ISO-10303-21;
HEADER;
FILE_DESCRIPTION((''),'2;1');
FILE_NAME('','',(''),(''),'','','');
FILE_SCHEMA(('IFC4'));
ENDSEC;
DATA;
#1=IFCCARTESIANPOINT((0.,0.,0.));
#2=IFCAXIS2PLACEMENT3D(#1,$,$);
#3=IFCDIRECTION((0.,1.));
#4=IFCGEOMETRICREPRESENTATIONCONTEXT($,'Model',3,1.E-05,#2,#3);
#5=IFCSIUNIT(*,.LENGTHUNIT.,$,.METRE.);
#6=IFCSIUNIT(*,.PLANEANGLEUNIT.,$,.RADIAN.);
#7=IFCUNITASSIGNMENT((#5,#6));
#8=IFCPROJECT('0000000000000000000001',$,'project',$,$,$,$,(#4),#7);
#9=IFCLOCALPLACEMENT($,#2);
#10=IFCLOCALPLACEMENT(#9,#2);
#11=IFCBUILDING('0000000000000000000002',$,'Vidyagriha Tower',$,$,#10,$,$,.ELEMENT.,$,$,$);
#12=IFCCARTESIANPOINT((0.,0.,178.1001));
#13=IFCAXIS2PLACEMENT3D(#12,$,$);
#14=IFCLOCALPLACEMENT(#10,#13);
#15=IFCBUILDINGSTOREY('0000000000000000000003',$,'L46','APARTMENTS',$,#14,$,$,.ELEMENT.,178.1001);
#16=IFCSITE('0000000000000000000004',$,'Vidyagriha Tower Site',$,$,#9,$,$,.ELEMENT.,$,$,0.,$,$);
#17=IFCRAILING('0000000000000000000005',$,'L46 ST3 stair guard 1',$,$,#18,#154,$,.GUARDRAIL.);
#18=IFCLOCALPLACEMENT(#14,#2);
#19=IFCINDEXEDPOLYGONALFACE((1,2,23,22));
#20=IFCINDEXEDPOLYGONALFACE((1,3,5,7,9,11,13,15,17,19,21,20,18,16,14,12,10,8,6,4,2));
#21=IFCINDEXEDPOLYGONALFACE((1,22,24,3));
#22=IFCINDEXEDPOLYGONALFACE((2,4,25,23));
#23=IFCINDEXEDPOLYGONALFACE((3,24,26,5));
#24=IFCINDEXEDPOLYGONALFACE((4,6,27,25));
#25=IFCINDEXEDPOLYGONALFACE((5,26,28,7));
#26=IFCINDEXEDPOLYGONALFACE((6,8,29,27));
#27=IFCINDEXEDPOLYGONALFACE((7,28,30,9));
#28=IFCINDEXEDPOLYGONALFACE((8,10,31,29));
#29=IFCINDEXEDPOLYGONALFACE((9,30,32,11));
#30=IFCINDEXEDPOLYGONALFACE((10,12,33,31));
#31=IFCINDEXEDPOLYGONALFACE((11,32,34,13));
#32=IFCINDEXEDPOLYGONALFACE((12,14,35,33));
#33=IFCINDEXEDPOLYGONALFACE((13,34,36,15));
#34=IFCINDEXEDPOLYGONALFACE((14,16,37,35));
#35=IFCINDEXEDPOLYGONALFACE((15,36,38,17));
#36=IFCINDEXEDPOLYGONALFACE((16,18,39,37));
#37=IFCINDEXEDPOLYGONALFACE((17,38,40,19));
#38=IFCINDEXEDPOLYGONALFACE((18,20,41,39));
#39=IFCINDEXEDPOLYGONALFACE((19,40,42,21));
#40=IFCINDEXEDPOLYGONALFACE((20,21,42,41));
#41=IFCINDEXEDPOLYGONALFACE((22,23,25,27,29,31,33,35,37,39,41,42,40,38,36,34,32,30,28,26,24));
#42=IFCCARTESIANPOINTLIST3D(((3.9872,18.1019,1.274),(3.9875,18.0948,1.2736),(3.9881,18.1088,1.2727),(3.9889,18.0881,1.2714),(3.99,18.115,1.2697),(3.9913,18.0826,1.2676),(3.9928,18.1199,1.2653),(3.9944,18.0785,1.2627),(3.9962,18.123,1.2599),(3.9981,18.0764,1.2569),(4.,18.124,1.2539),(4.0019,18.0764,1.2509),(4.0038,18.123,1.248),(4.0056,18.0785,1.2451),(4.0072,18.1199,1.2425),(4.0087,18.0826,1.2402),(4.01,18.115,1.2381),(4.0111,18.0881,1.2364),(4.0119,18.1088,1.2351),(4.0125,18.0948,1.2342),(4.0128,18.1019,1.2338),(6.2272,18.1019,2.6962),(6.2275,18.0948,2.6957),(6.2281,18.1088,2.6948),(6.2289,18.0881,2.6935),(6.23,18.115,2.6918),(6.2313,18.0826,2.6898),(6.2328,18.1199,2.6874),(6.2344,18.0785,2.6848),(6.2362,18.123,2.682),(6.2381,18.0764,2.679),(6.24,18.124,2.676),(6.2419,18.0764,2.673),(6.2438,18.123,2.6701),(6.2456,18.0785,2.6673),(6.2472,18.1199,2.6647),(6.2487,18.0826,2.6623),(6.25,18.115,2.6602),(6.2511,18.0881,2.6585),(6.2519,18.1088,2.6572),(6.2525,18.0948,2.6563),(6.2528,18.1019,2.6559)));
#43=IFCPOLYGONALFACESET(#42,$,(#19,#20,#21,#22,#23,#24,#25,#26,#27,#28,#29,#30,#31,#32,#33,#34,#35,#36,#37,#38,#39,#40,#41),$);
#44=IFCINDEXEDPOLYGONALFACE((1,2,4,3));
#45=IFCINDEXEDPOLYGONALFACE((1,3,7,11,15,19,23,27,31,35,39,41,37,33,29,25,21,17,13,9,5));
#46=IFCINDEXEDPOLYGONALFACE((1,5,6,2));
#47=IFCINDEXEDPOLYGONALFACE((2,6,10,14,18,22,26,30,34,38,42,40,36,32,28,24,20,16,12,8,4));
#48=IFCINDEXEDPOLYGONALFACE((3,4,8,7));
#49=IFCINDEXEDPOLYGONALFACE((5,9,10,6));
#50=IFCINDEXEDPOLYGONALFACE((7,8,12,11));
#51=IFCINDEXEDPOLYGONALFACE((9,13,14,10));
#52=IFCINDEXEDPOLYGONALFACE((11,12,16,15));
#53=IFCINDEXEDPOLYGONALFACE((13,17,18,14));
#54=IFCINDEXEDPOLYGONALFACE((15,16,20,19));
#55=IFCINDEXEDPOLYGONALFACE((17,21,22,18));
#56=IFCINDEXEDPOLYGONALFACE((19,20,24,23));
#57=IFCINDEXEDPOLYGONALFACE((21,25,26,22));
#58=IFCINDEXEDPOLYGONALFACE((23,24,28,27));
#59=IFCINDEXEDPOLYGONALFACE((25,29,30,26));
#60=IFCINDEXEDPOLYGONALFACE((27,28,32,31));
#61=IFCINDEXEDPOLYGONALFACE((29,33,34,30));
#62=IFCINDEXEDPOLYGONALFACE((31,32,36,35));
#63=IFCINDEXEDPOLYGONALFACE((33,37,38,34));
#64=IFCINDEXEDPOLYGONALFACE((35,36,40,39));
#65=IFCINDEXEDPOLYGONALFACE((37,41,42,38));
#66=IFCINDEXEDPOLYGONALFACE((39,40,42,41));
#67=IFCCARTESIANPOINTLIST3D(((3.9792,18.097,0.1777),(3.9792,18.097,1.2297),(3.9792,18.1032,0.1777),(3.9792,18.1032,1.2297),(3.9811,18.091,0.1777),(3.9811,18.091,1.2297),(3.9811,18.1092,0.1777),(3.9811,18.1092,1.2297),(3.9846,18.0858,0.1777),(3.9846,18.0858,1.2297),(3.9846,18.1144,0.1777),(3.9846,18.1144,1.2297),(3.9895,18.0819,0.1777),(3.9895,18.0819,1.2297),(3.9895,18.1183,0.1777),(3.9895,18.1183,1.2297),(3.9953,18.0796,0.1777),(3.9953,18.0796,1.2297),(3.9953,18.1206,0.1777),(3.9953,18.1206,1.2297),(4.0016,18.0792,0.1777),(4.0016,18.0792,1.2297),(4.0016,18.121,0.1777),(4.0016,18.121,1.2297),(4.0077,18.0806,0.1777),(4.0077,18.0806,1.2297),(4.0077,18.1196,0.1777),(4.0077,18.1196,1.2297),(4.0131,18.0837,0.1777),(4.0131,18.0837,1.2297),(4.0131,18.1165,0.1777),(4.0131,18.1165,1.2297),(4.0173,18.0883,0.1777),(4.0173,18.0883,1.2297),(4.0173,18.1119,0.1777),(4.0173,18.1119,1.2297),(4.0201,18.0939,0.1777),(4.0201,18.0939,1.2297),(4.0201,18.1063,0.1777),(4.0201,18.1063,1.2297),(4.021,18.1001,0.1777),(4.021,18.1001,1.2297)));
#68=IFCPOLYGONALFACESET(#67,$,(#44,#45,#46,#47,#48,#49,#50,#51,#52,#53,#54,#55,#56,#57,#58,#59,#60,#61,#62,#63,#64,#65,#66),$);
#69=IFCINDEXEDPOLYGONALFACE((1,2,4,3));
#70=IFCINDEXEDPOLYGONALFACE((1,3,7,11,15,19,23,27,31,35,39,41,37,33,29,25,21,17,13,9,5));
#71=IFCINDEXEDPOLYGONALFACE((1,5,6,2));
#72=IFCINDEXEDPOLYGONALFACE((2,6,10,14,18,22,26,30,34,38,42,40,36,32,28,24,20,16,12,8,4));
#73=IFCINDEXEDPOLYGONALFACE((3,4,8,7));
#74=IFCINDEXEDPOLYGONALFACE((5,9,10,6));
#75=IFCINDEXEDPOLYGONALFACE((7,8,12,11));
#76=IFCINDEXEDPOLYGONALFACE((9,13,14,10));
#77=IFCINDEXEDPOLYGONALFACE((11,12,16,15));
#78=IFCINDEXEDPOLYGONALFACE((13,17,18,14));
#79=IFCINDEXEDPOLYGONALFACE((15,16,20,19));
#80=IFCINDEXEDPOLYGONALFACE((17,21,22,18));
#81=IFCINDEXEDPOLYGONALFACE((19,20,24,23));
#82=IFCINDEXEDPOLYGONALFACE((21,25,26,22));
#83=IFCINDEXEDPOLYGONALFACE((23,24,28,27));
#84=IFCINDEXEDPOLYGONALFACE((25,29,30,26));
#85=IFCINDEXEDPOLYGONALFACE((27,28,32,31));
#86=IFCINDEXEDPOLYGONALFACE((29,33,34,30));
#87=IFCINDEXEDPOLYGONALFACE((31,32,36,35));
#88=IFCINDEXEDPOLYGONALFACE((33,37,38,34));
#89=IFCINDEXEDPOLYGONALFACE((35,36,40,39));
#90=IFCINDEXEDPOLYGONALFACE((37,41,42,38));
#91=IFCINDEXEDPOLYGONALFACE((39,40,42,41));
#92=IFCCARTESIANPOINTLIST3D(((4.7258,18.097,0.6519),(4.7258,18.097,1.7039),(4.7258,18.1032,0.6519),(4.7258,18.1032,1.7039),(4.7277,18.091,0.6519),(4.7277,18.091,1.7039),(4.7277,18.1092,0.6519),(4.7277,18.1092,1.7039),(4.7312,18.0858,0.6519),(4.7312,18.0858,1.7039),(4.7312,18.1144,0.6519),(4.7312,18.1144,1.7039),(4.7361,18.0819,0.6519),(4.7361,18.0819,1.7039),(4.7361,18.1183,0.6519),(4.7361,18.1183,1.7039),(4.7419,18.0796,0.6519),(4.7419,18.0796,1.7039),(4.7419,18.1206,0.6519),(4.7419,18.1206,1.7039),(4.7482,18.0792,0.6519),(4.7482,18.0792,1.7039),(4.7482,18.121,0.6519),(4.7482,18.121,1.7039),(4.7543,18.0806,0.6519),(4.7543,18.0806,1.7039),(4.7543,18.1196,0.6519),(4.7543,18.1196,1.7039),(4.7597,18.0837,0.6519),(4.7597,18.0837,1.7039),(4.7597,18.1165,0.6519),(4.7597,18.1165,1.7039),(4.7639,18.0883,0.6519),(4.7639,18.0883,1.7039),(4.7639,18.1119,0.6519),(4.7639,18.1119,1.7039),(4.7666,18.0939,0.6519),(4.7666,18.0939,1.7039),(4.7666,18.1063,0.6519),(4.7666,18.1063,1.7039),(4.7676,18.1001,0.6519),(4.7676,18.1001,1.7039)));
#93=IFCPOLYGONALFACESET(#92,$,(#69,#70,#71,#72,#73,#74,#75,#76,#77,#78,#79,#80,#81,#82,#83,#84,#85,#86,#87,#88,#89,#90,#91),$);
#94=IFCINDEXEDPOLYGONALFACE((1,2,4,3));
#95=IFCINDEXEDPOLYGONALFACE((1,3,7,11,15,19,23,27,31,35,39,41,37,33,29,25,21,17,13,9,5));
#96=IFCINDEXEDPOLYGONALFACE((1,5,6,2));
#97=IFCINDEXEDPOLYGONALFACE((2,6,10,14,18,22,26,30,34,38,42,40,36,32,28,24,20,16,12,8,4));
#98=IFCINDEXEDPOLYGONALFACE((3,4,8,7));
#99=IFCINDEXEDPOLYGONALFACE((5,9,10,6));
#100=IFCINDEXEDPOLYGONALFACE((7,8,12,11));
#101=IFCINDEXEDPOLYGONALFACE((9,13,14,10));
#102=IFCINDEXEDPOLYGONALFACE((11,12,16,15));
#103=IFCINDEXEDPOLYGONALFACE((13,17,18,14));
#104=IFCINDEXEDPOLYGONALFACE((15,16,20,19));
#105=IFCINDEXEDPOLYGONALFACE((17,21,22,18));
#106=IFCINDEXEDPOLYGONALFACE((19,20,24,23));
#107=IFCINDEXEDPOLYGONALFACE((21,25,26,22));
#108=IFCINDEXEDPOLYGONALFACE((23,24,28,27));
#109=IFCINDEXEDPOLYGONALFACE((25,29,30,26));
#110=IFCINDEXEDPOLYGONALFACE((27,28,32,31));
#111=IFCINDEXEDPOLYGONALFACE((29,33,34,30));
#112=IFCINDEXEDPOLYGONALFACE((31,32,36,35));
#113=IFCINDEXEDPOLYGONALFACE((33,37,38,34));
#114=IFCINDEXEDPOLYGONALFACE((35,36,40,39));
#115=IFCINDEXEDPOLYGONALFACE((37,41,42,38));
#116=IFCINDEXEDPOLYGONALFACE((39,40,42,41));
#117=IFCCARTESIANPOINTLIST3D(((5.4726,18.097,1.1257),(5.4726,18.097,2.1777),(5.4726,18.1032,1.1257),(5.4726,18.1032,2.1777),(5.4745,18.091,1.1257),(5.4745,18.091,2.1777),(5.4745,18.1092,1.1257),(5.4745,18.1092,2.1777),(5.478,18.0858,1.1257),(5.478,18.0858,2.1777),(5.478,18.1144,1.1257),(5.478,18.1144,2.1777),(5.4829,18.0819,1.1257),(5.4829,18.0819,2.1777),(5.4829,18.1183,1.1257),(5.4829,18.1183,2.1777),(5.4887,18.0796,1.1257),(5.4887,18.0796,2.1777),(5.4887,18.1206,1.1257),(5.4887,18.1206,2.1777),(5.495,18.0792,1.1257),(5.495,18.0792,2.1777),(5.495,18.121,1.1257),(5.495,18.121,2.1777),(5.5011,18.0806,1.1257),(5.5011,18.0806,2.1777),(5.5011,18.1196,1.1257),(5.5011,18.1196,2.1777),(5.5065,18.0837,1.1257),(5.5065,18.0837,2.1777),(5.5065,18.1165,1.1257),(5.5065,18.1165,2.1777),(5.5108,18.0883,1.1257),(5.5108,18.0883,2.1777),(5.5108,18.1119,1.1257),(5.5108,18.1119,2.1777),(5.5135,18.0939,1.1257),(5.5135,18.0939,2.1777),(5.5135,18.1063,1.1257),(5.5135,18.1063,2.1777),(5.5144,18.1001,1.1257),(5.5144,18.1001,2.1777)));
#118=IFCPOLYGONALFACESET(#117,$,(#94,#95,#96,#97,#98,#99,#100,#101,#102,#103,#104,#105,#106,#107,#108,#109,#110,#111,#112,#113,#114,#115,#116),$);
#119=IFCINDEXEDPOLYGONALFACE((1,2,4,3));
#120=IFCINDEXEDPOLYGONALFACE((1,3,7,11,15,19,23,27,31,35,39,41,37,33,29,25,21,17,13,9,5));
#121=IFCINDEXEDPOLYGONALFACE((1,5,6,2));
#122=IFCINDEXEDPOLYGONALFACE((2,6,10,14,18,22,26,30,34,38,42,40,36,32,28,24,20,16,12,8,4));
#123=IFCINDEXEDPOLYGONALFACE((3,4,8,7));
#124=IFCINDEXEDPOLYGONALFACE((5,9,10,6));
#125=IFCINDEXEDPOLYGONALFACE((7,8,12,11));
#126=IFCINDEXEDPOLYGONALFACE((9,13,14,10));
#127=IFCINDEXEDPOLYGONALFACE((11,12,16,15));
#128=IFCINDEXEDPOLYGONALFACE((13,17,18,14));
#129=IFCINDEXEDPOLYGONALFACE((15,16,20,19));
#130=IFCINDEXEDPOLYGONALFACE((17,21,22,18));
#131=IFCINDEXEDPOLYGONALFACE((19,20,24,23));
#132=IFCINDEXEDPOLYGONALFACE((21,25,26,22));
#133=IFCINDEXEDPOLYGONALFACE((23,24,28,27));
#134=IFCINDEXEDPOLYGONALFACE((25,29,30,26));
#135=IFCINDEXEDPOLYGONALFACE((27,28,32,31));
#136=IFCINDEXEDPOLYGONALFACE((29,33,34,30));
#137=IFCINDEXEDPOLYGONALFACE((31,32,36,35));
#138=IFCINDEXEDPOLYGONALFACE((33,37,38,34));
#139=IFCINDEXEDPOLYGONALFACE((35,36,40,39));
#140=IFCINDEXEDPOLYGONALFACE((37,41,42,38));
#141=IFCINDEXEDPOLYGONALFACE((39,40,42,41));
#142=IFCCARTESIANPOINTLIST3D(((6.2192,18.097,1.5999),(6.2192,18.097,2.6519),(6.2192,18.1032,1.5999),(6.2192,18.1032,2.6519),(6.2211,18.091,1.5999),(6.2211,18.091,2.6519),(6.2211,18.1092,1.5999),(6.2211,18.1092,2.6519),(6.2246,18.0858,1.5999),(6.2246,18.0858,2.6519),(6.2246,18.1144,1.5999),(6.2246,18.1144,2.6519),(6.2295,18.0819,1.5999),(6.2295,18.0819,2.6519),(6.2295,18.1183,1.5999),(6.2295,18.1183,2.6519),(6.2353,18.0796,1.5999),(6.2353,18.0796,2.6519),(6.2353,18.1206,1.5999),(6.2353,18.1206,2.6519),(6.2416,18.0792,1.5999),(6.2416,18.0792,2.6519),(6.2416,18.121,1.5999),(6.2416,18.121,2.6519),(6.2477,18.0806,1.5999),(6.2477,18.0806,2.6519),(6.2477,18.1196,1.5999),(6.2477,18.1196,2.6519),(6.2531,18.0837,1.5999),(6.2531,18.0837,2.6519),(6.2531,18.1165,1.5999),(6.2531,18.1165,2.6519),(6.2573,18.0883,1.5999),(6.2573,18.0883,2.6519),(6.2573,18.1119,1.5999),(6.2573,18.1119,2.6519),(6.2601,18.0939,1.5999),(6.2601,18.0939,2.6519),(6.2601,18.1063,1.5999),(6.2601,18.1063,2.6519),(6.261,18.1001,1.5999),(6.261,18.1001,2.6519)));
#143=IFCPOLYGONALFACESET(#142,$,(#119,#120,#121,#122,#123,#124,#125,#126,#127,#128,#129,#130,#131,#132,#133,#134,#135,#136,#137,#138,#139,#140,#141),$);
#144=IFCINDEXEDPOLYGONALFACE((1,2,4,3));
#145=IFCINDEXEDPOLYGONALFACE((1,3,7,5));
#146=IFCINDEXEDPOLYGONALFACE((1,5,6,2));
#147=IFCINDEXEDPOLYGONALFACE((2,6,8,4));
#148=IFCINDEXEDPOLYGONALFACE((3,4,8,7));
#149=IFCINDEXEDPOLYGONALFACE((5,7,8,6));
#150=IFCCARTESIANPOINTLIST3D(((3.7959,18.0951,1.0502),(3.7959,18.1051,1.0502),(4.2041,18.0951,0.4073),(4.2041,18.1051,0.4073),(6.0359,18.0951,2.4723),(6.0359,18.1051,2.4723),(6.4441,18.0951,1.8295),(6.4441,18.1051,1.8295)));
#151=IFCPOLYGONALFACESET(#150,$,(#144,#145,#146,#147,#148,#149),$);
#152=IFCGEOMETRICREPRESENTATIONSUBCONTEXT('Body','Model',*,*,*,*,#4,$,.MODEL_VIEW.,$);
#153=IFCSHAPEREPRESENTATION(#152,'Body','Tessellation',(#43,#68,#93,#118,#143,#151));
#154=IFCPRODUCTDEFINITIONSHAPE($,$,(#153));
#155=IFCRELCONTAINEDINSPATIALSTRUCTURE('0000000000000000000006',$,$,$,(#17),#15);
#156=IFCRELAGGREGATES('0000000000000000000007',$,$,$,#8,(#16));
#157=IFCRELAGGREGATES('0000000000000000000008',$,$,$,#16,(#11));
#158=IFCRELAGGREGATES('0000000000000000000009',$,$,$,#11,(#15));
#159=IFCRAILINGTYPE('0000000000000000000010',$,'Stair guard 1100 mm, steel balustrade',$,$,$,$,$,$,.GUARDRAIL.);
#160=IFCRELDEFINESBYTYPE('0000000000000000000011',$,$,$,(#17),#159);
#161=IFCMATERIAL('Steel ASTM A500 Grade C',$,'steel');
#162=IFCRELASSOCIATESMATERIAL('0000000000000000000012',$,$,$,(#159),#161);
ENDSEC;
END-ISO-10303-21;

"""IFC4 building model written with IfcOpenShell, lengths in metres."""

from ifc_helpers import new_model, si_unit, direction, frame, origin, origin_2d, place, context, subcontext, project, spatial, rectangle, circle, extrude, material, type_object, element, save


model = new_model("IFC4")

# Units and contexts
model_context = context("Model", 3, precision=1e-05, world=origin(), true_north=direction((0.0, 1.0)))
body_context = subcontext(model_context, "Body", "Model", "MODEL_VIEW")
ifc_project = project(units=[si_unit("LENGTHUNIT", "METRE"), si_unit("PLANEANGLEUNIT", "RADIAN")], contexts=[model_context])

# Site, building, storey
site_placement = place(None, origin())
site = spatial("IfcSite", under=ifc_project, at=site_placement, Name="Vidyagriha Tower Site", CompositionType="ELEMENT", RefElevation=0.0)
building_placement = place(site_placement, origin())
building = spatial("IfcBuilding", under=site, at=building_placement, Name="Vidyagriha Tower", CompositionType="ELEMENT")
storey_placement = place(building_placement, frame((0.0, 0.0, 178.1001)))
storey = spatial("IfcBuildingStorey", under=building, at=storey_placement, Name="L46", Description="APARTMENTS", CompositionType="ELEMENT", Elevation=178.1001)

# Railing
ifc_material_1 = material(Name="Steel ASTM A500 Grade C", Category="steel")
railing_type_1 = type_object("IfcRailingType", Name="Stair guard 1100 mm, steel balustrade", PredefinedType="GUARDRAIL", material=ifc_material_1)
railing_1_placement = place(storey_placement, frame((4.0, 18.1001, 0.1777)))
element("IfcRailing", 1, at=railing_1_placement, inside=storey, type_object=railing_type_1, Name="L46 ST3 stair guard 1", PredefinedType="GUARDRAIL", context=body_context, shape_type="SweptSolid", body=[
    extrude(circle(Radius=0.0239, at=origin_2d()), frame((0.0, 0.0, 1.0762), z_axis=(0.844229, 0.0, 0.535982), x_axis=(0.0, 1.0, 0.0)), (0.0, 0.0, 1.0), 2.6533),
    extrude(circle(Radius=0.021, at=origin_2d()), origin(), (0.0, 0.0, 1.0), 1.052),
    extrude(circle(Radius=0.021, at=origin_2d()), frame((0.7466, 0.0, 0.4741)), (0.0, 0.0, 1.0), 1.052),
    extrude(circle(Radius=0.021, at=origin_2d()), frame((1.4934, 0.0, 0.948)), (0.0, 0.0, 1.0), 1.052),
    extrude(circle(Radius=0.021, at=origin_2d()), frame((2.24, 0.0, 1.4221)), (0.0, 0.0, 1.0), 1.052),
    extrude(rectangle(XDim=0.01, YDim=0.7615, at=origin_2d()), frame((0.0, 0.0, 0.551), z_axis=(0.844229, 0.0, 0.535982), x_axis=(0.0, 1.0, 0.0)), (0.0, 0.0, 1.0), 2.6533),
])

save(model, "model.ifc")
